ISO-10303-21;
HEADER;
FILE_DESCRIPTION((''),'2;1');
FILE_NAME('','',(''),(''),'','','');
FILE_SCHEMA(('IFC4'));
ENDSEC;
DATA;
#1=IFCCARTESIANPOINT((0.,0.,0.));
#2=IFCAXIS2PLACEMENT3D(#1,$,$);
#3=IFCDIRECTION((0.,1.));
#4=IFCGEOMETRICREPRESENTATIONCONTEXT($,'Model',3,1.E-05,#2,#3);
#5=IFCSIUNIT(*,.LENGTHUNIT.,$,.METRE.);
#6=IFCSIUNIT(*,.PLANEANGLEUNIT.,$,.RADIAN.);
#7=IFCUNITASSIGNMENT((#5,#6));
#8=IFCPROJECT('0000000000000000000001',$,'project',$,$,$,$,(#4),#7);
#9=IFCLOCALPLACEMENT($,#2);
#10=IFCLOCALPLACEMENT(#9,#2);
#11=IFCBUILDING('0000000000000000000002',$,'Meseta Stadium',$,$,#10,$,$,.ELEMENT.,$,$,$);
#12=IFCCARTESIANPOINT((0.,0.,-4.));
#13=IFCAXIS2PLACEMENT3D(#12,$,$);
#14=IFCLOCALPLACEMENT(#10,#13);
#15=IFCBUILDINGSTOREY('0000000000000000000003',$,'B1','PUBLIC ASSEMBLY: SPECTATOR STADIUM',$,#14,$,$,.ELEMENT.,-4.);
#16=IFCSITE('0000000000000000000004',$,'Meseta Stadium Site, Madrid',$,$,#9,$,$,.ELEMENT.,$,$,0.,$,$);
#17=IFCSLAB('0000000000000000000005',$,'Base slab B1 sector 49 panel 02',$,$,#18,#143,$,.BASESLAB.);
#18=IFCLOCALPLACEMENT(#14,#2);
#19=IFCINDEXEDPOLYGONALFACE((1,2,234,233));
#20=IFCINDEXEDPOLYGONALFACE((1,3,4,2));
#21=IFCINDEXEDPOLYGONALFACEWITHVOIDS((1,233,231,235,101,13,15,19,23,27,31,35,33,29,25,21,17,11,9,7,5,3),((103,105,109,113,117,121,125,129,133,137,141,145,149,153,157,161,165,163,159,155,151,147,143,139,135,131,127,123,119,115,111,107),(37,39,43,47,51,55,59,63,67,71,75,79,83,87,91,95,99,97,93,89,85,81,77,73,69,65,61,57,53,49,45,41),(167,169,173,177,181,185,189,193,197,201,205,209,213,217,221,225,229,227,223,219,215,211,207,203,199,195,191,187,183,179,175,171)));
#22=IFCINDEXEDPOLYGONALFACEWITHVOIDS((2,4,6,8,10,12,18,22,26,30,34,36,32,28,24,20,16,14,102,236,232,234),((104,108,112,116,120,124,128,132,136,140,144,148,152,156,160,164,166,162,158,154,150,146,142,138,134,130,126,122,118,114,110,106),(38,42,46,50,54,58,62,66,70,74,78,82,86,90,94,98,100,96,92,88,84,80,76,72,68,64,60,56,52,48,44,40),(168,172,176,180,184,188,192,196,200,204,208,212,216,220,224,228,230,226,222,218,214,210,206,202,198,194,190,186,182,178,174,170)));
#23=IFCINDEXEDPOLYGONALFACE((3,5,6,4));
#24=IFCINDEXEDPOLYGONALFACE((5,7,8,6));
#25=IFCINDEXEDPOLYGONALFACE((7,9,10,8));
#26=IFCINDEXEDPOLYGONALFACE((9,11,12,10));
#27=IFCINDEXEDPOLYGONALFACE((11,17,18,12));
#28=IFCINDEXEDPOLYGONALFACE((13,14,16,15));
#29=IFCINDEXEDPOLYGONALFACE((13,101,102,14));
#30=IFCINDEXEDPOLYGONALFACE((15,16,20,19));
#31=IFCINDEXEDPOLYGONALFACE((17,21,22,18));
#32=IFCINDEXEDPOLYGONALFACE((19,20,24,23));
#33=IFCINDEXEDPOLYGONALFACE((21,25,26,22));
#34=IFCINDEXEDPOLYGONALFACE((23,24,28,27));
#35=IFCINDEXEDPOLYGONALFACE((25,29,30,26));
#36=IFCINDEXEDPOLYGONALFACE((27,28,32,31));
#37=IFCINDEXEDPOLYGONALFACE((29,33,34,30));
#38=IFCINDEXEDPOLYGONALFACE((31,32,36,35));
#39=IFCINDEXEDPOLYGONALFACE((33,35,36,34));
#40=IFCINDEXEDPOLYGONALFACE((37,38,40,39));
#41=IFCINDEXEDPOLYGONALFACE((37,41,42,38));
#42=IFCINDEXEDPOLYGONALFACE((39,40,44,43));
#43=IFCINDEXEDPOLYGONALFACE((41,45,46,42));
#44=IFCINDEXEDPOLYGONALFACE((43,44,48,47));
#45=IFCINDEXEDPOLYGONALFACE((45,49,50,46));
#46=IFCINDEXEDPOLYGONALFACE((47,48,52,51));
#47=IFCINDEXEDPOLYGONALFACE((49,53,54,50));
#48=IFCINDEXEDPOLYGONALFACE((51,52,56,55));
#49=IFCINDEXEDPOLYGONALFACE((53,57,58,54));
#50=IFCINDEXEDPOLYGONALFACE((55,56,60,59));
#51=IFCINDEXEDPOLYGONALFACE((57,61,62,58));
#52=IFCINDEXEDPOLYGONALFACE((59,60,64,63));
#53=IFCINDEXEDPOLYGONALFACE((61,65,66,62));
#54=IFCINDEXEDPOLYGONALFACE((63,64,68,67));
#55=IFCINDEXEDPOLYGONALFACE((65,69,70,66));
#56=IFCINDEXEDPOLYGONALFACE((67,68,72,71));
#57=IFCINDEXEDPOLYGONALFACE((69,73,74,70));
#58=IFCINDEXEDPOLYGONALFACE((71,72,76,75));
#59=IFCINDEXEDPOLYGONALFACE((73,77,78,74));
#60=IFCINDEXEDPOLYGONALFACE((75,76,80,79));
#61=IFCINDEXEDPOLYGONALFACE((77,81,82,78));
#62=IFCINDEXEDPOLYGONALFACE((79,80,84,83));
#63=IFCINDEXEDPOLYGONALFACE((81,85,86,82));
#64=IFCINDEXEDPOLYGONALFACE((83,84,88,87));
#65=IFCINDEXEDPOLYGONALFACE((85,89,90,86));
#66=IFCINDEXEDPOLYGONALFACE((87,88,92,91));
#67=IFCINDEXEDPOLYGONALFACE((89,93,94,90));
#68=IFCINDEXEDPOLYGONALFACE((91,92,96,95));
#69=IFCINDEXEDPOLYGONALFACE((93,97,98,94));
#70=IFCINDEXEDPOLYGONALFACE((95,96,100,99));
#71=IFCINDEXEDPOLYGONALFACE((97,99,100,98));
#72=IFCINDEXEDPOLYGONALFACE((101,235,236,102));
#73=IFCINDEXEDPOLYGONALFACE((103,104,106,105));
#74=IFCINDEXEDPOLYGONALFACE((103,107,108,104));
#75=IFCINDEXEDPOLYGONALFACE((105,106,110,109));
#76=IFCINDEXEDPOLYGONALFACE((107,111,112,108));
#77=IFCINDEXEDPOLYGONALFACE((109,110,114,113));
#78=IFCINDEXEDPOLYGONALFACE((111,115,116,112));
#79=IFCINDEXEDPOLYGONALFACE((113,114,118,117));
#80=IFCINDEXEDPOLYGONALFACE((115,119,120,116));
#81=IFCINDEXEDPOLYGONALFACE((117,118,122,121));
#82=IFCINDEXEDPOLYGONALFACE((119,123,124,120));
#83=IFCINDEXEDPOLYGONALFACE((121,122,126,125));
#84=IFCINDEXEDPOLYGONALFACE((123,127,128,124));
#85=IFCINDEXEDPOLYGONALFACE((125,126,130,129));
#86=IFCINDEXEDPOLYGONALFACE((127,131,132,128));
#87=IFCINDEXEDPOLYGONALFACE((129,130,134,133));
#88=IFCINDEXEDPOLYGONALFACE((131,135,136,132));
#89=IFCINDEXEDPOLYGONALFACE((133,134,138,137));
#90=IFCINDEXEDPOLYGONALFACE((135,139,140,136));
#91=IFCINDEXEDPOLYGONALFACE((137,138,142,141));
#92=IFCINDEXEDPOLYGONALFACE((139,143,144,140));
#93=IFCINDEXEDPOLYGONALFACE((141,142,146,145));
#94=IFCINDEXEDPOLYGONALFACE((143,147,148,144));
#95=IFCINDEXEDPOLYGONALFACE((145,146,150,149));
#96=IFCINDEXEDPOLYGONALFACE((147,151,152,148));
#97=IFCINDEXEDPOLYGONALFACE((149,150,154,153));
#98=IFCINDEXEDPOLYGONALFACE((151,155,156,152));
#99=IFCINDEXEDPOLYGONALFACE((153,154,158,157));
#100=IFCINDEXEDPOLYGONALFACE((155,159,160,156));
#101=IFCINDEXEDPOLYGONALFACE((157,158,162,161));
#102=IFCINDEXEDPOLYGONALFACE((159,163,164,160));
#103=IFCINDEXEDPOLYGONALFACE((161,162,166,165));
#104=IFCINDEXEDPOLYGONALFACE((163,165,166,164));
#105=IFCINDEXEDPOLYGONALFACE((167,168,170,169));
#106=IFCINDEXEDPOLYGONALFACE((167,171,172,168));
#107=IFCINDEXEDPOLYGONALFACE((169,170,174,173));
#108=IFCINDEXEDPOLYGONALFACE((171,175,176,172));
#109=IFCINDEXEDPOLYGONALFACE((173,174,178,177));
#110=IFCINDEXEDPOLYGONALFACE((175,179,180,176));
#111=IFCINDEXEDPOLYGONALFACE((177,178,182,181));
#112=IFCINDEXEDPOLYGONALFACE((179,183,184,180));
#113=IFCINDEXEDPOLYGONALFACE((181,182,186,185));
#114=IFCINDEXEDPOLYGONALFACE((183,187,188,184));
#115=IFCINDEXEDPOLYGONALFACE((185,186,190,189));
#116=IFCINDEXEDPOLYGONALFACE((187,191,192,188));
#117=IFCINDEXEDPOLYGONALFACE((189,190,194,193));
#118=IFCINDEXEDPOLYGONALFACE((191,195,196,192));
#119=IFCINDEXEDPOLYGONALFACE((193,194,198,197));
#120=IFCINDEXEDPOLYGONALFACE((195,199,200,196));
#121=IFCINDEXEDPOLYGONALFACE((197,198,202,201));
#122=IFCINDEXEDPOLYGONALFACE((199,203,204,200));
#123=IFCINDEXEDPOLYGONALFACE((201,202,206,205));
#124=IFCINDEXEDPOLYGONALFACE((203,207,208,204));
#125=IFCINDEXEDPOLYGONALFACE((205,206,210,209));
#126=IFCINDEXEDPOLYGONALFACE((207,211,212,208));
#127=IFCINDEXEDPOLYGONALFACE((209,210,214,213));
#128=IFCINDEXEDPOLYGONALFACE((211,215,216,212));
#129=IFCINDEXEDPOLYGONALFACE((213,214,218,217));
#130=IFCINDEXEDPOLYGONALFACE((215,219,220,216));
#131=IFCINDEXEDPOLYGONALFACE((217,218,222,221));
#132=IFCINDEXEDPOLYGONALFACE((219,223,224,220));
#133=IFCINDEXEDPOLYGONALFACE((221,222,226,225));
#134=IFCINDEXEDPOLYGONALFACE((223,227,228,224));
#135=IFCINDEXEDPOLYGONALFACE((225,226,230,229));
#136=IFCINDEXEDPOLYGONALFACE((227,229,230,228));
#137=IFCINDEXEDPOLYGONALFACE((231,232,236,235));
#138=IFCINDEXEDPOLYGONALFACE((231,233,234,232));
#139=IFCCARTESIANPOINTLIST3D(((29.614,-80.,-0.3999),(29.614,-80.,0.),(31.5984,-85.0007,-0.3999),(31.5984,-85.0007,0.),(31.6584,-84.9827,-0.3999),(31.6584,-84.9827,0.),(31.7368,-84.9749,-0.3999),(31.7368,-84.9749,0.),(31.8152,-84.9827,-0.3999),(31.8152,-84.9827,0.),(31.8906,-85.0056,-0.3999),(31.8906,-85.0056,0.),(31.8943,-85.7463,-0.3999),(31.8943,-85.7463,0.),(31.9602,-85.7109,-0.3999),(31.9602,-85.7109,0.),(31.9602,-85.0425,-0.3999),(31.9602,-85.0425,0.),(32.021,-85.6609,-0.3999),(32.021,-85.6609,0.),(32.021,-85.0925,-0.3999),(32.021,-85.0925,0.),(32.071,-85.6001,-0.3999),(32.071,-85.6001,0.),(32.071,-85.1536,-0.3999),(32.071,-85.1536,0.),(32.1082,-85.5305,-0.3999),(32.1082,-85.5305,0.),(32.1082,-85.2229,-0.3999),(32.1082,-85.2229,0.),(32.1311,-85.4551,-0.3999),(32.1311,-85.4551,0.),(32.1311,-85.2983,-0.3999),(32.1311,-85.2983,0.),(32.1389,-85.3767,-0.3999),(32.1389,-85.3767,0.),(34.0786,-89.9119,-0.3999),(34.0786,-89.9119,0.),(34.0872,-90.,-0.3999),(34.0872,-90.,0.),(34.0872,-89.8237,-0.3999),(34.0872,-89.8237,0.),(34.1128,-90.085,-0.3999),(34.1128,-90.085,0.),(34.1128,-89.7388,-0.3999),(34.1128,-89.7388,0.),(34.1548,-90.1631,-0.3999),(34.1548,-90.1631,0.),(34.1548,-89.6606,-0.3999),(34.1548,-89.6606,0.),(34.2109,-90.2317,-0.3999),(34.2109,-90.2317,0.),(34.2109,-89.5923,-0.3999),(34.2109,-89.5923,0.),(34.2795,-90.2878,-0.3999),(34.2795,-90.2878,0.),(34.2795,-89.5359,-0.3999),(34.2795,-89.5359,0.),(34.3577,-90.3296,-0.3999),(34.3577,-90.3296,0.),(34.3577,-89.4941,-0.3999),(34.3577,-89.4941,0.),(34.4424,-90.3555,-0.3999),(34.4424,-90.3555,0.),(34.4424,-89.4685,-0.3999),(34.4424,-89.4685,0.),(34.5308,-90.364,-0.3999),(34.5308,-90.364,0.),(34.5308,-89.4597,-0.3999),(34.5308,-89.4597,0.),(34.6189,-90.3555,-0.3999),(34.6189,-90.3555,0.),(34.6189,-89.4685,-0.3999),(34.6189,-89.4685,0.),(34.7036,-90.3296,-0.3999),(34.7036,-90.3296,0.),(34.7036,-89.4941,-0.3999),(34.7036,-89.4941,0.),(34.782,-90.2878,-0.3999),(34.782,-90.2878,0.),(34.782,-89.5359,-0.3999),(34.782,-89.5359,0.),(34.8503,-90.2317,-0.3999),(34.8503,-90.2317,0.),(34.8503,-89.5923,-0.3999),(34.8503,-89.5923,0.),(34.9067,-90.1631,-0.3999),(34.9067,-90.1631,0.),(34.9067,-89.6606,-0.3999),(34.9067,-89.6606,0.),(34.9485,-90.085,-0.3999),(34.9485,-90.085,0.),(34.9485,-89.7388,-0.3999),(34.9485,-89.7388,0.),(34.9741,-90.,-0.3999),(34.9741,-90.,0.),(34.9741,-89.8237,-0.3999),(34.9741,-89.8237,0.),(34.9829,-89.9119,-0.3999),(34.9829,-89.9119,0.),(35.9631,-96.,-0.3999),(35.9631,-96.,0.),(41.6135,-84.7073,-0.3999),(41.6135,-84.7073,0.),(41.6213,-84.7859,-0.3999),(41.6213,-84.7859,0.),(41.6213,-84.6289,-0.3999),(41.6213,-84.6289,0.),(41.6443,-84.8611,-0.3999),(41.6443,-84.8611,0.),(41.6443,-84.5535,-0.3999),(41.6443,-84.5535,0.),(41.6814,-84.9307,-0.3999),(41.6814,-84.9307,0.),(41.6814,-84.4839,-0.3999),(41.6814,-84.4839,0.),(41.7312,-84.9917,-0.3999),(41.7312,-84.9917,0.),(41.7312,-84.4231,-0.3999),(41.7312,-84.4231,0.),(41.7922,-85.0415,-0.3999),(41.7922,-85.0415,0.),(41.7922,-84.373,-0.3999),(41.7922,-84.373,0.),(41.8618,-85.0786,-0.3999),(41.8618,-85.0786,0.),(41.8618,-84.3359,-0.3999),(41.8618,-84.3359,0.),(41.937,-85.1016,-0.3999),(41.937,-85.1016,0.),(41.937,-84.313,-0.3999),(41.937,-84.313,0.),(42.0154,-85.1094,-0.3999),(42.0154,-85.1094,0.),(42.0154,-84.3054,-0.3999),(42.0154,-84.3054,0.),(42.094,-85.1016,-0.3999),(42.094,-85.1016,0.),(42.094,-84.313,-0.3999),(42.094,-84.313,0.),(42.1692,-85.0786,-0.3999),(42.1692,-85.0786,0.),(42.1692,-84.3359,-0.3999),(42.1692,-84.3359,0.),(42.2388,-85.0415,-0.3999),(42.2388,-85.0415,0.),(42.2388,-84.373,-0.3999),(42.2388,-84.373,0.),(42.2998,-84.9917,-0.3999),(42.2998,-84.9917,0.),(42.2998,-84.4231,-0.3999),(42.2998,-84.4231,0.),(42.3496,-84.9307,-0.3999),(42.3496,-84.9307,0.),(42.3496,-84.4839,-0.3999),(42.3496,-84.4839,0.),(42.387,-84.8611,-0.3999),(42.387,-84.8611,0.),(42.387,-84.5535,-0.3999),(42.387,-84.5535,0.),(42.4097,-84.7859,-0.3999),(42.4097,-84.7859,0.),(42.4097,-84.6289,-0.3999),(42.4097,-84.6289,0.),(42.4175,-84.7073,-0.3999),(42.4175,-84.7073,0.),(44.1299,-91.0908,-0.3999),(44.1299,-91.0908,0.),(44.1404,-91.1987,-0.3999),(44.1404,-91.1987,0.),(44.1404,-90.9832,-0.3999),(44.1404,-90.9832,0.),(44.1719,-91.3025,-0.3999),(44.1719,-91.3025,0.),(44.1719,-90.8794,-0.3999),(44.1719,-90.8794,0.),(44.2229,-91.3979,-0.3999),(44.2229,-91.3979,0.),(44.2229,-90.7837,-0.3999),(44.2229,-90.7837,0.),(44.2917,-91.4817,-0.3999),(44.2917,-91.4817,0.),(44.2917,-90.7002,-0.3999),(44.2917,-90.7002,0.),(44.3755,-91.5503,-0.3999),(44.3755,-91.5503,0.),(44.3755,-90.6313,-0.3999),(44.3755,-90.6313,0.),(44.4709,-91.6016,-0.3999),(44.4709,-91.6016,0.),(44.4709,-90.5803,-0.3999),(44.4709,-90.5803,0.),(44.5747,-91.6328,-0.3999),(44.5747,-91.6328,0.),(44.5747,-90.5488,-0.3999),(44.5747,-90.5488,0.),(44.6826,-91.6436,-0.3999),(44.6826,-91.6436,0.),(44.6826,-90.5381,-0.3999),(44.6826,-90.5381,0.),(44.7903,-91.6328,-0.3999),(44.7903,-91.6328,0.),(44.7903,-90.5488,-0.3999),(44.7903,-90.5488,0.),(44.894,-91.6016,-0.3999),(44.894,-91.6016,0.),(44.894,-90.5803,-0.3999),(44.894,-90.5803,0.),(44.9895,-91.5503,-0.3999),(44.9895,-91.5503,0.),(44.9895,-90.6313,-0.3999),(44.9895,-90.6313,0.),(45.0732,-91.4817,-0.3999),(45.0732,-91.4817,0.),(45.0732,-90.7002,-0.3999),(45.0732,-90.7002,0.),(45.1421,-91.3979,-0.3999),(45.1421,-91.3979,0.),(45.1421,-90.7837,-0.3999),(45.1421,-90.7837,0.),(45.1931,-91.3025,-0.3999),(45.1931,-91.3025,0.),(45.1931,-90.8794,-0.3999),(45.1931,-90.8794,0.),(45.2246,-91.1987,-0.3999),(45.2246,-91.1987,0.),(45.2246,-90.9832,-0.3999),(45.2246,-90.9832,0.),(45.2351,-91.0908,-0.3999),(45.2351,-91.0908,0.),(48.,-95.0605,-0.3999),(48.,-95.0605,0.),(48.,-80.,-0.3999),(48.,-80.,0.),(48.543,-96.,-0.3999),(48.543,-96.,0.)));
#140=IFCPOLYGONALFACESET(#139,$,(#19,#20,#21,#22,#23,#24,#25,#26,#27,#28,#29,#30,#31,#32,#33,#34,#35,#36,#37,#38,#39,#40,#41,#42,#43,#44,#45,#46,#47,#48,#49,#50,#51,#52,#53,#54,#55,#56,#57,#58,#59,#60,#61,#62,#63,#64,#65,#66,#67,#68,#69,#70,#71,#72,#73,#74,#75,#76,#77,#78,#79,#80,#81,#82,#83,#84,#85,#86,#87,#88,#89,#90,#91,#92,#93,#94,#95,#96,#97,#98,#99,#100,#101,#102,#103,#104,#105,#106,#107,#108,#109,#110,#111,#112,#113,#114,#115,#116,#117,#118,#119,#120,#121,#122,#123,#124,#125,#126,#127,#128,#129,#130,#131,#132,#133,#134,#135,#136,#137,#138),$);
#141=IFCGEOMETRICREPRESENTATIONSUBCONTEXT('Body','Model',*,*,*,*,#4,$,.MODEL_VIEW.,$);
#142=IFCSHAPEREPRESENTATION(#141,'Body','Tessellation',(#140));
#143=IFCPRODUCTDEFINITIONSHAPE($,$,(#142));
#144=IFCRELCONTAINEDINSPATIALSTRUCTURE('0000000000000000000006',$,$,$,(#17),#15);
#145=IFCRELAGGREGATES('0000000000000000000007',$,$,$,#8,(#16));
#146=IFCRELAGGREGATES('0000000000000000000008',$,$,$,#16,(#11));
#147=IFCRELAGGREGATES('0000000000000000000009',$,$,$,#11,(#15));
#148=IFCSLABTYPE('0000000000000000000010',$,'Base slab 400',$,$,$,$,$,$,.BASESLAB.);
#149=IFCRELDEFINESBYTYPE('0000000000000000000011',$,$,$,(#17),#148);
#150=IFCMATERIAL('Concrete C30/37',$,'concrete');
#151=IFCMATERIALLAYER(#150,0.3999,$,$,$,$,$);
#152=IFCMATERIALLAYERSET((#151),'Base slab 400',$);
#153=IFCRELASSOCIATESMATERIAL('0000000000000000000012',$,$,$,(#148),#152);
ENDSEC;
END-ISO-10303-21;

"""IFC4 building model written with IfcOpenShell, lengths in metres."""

from ifc_helpers import new_model, si_unit, direction, frame, origin, place, context, subcontext, project, spatial, polyline, outline, extrude, material, layer, layer_set, type_object, element, save


model = new_model("IFC4")

# Units and contexts
model_context = context("Model", 3, precision=1e-05, world=origin(), true_north=direction((0.0, 1.0)))
body_context = subcontext(model_context, "Body", "Model", "MODEL_VIEW")
ifc_project = project(units=[si_unit("LENGTHUNIT", "METRE"), si_unit("PLANEANGLEUNIT", "RADIAN")], contexts=[model_context])

# Site, building, storey
site_placement = place(None, origin())
site = spatial("IfcSite", under=ifc_project, at=site_placement, Name="Meseta Stadium Site, Madrid", CompositionType="ELEMENT", RefElevation=0.0)
building_placement = place(site_placement, origin())
building = spatial("IfcBuilding", under=site, at=building_placement, Name="Meseta Stadium", CompositionType="ELEMENT")
storey_placement = place(building_placement, frame((0.0, 0.0, -4.0)))
storey = spatial("IfcBuildingStorey", under=building, at=storey_placement, Name="B1", Description="PUBLIC ASSEMBLY: SPECTATOR STADIUM", CompositionType="ELEMENT", Elevation=-4.0)

# Slab
ifc_material = material(Name="Concrete C30/37", Category="concrete")
ifc_layer = layer(ifc_material, 0.3999)
ifc_layer_set = layer_set([ifc_layer], Name="Base slab 400")
slab_type = type_object("IfcSlabType", Name="Base slab 400", PredefinedType="BASESLAB", material=ifc_layer_set)
slab_1_placement = place(storey_placement, frame((0.0, 0.0, -0.3999)))
element("IfcSlab", 1, at=slab_1_placement, inside=storey, type_object=slab_type, Name="Base slab B1 sector 49 panel 02", PredefinedType="BASESLAB", context=body_context, shape_type="SweptSolid", body=[
    extrude(outline(polyline([(31.9602, -85.7109), (31.8943, -85.7463), (35.9631, -96.0), (48.543, -96.0), (48.0, -95.0605), (48.0, -80.0), (29.614, -80.0), (31.5984, -85.0007), (31.6584, -84.9827), (31.7368, -84.9749), (31.8152, -84.9827), (31.8906, -85.0056), (31.9602, -85.0425), (32.021, -85.0925), (32.071, -85.1536), (32.1082, -85.2229), (32.1311, -85.2983), (32.1389, -85.3767), (32.1311, -85.4551), (32.1082, -85.5305), (32.071, -85.6001), (32.021, -85.6609), (31.9602, -85.7109)]), holes=[polyline([(41.6135, -84.7073), (41.6213, -84.6289), (41.6443, -84.5535), (41.6814, -84.4839), (41.7312, -84.4231), (41.7922, -84.373), (41.8618, -84.3359), (41.937, -84.313), (42.0154, -84.3054), (42.094, -84.313), (42.1692, -84.3359), (42.2388, -84.373), (42.2998, -84.4231), (42.3496, -84.4839), (42.387, -84.5535), (42.4097, -84.6289), (42.4175, -84.7073), (42.4097, -84.7859), (42.387, -84.8611), (42.3496, -84.9307), (42.2998, -84.9917), (42.2388, -85.0415), (42.1692, -85.0786), (42.094, -85.1016), (42.0154, -85.1094), (41.937, -85.1016), (41.8618, -85.0786), (41.7922, -85.0415), (41.7312, -84.9917), (41.6814, -84.9307), (41.6443, -84.8611), (41.6213, -84.7859), (41.6135, -84.7073)]), polyline([(45.0732, -90.7002), (45.1421, -90.7837), (45.1931, -90.8794), (45.2246, -90.9832), (45.2351, -91.0908), (45.2246, -91.1987), (45.1931, -91.3025), (45.1421, -91.3979), (45.0732, -91.4817), (44.9895, -91.5503), (44.894, -91.6016), (44.7903, -91.6328), (44.6826, -91.6436), (44.5747, -91.6328), (44.4709, -91.6016), (44.3755, -91.5503), (44.2917, -91.4817), (44.2229, -91.3979), (44.1719, -91.3025), (44.1404, -91.1987), (44.1299, -91.0908), (44.1404, -90.9832), (44.1719, -90.8794), (44.2229, -90.7837), (44.2917, -90.7002), (44.3755, -90.6313), (44.4709, -90.5803), (44.5747, -90.5488), (44.6826, -90.5381), (44.7903, -90.5488), (44.894, -90.5803), (44.9895, -90.6313), (45.0732, -90.7002)]), polyline([(34.8503, -89.5923), (34.9067, -89.6606), (34.9485, -89.7388), (34.9741, -89.8237), (34.9829, -89.9119), (34.9741, -90.0), (34.9485, -90.085), (34.9067, -90.1631), (34.8503, -90.2317), (34.782, -90.2878), (34.7036, -90.3296), (34.6189, -90.3555), (34.5308, -90.364), (34.4424, -90.3555), (34.3577, -90.3296), (34.2795, -90.2878), (34.2109, -90.2317), (34.1548, -90.1631), (34.1128, -90.085), (34.0872, -90.0), (34.0786, -89.9119), (34.0872, -89.8237), (34.1128, -89.7388), (34.1548, -89.6606), (34.2109, -89.5923), (34.2795, -89.5359), (34.3577, -89.4941), (34.4424, -89.4685), (34.5308, -89.4597), (34.6189, -89.4685), (34.7036, -89.4941), (34.782, -89.5359), (34.8503, -89.5923)])]), origin(), (0.0, 0.0, 1.0), 0.3999),
])

save(model, "model.ifc")
